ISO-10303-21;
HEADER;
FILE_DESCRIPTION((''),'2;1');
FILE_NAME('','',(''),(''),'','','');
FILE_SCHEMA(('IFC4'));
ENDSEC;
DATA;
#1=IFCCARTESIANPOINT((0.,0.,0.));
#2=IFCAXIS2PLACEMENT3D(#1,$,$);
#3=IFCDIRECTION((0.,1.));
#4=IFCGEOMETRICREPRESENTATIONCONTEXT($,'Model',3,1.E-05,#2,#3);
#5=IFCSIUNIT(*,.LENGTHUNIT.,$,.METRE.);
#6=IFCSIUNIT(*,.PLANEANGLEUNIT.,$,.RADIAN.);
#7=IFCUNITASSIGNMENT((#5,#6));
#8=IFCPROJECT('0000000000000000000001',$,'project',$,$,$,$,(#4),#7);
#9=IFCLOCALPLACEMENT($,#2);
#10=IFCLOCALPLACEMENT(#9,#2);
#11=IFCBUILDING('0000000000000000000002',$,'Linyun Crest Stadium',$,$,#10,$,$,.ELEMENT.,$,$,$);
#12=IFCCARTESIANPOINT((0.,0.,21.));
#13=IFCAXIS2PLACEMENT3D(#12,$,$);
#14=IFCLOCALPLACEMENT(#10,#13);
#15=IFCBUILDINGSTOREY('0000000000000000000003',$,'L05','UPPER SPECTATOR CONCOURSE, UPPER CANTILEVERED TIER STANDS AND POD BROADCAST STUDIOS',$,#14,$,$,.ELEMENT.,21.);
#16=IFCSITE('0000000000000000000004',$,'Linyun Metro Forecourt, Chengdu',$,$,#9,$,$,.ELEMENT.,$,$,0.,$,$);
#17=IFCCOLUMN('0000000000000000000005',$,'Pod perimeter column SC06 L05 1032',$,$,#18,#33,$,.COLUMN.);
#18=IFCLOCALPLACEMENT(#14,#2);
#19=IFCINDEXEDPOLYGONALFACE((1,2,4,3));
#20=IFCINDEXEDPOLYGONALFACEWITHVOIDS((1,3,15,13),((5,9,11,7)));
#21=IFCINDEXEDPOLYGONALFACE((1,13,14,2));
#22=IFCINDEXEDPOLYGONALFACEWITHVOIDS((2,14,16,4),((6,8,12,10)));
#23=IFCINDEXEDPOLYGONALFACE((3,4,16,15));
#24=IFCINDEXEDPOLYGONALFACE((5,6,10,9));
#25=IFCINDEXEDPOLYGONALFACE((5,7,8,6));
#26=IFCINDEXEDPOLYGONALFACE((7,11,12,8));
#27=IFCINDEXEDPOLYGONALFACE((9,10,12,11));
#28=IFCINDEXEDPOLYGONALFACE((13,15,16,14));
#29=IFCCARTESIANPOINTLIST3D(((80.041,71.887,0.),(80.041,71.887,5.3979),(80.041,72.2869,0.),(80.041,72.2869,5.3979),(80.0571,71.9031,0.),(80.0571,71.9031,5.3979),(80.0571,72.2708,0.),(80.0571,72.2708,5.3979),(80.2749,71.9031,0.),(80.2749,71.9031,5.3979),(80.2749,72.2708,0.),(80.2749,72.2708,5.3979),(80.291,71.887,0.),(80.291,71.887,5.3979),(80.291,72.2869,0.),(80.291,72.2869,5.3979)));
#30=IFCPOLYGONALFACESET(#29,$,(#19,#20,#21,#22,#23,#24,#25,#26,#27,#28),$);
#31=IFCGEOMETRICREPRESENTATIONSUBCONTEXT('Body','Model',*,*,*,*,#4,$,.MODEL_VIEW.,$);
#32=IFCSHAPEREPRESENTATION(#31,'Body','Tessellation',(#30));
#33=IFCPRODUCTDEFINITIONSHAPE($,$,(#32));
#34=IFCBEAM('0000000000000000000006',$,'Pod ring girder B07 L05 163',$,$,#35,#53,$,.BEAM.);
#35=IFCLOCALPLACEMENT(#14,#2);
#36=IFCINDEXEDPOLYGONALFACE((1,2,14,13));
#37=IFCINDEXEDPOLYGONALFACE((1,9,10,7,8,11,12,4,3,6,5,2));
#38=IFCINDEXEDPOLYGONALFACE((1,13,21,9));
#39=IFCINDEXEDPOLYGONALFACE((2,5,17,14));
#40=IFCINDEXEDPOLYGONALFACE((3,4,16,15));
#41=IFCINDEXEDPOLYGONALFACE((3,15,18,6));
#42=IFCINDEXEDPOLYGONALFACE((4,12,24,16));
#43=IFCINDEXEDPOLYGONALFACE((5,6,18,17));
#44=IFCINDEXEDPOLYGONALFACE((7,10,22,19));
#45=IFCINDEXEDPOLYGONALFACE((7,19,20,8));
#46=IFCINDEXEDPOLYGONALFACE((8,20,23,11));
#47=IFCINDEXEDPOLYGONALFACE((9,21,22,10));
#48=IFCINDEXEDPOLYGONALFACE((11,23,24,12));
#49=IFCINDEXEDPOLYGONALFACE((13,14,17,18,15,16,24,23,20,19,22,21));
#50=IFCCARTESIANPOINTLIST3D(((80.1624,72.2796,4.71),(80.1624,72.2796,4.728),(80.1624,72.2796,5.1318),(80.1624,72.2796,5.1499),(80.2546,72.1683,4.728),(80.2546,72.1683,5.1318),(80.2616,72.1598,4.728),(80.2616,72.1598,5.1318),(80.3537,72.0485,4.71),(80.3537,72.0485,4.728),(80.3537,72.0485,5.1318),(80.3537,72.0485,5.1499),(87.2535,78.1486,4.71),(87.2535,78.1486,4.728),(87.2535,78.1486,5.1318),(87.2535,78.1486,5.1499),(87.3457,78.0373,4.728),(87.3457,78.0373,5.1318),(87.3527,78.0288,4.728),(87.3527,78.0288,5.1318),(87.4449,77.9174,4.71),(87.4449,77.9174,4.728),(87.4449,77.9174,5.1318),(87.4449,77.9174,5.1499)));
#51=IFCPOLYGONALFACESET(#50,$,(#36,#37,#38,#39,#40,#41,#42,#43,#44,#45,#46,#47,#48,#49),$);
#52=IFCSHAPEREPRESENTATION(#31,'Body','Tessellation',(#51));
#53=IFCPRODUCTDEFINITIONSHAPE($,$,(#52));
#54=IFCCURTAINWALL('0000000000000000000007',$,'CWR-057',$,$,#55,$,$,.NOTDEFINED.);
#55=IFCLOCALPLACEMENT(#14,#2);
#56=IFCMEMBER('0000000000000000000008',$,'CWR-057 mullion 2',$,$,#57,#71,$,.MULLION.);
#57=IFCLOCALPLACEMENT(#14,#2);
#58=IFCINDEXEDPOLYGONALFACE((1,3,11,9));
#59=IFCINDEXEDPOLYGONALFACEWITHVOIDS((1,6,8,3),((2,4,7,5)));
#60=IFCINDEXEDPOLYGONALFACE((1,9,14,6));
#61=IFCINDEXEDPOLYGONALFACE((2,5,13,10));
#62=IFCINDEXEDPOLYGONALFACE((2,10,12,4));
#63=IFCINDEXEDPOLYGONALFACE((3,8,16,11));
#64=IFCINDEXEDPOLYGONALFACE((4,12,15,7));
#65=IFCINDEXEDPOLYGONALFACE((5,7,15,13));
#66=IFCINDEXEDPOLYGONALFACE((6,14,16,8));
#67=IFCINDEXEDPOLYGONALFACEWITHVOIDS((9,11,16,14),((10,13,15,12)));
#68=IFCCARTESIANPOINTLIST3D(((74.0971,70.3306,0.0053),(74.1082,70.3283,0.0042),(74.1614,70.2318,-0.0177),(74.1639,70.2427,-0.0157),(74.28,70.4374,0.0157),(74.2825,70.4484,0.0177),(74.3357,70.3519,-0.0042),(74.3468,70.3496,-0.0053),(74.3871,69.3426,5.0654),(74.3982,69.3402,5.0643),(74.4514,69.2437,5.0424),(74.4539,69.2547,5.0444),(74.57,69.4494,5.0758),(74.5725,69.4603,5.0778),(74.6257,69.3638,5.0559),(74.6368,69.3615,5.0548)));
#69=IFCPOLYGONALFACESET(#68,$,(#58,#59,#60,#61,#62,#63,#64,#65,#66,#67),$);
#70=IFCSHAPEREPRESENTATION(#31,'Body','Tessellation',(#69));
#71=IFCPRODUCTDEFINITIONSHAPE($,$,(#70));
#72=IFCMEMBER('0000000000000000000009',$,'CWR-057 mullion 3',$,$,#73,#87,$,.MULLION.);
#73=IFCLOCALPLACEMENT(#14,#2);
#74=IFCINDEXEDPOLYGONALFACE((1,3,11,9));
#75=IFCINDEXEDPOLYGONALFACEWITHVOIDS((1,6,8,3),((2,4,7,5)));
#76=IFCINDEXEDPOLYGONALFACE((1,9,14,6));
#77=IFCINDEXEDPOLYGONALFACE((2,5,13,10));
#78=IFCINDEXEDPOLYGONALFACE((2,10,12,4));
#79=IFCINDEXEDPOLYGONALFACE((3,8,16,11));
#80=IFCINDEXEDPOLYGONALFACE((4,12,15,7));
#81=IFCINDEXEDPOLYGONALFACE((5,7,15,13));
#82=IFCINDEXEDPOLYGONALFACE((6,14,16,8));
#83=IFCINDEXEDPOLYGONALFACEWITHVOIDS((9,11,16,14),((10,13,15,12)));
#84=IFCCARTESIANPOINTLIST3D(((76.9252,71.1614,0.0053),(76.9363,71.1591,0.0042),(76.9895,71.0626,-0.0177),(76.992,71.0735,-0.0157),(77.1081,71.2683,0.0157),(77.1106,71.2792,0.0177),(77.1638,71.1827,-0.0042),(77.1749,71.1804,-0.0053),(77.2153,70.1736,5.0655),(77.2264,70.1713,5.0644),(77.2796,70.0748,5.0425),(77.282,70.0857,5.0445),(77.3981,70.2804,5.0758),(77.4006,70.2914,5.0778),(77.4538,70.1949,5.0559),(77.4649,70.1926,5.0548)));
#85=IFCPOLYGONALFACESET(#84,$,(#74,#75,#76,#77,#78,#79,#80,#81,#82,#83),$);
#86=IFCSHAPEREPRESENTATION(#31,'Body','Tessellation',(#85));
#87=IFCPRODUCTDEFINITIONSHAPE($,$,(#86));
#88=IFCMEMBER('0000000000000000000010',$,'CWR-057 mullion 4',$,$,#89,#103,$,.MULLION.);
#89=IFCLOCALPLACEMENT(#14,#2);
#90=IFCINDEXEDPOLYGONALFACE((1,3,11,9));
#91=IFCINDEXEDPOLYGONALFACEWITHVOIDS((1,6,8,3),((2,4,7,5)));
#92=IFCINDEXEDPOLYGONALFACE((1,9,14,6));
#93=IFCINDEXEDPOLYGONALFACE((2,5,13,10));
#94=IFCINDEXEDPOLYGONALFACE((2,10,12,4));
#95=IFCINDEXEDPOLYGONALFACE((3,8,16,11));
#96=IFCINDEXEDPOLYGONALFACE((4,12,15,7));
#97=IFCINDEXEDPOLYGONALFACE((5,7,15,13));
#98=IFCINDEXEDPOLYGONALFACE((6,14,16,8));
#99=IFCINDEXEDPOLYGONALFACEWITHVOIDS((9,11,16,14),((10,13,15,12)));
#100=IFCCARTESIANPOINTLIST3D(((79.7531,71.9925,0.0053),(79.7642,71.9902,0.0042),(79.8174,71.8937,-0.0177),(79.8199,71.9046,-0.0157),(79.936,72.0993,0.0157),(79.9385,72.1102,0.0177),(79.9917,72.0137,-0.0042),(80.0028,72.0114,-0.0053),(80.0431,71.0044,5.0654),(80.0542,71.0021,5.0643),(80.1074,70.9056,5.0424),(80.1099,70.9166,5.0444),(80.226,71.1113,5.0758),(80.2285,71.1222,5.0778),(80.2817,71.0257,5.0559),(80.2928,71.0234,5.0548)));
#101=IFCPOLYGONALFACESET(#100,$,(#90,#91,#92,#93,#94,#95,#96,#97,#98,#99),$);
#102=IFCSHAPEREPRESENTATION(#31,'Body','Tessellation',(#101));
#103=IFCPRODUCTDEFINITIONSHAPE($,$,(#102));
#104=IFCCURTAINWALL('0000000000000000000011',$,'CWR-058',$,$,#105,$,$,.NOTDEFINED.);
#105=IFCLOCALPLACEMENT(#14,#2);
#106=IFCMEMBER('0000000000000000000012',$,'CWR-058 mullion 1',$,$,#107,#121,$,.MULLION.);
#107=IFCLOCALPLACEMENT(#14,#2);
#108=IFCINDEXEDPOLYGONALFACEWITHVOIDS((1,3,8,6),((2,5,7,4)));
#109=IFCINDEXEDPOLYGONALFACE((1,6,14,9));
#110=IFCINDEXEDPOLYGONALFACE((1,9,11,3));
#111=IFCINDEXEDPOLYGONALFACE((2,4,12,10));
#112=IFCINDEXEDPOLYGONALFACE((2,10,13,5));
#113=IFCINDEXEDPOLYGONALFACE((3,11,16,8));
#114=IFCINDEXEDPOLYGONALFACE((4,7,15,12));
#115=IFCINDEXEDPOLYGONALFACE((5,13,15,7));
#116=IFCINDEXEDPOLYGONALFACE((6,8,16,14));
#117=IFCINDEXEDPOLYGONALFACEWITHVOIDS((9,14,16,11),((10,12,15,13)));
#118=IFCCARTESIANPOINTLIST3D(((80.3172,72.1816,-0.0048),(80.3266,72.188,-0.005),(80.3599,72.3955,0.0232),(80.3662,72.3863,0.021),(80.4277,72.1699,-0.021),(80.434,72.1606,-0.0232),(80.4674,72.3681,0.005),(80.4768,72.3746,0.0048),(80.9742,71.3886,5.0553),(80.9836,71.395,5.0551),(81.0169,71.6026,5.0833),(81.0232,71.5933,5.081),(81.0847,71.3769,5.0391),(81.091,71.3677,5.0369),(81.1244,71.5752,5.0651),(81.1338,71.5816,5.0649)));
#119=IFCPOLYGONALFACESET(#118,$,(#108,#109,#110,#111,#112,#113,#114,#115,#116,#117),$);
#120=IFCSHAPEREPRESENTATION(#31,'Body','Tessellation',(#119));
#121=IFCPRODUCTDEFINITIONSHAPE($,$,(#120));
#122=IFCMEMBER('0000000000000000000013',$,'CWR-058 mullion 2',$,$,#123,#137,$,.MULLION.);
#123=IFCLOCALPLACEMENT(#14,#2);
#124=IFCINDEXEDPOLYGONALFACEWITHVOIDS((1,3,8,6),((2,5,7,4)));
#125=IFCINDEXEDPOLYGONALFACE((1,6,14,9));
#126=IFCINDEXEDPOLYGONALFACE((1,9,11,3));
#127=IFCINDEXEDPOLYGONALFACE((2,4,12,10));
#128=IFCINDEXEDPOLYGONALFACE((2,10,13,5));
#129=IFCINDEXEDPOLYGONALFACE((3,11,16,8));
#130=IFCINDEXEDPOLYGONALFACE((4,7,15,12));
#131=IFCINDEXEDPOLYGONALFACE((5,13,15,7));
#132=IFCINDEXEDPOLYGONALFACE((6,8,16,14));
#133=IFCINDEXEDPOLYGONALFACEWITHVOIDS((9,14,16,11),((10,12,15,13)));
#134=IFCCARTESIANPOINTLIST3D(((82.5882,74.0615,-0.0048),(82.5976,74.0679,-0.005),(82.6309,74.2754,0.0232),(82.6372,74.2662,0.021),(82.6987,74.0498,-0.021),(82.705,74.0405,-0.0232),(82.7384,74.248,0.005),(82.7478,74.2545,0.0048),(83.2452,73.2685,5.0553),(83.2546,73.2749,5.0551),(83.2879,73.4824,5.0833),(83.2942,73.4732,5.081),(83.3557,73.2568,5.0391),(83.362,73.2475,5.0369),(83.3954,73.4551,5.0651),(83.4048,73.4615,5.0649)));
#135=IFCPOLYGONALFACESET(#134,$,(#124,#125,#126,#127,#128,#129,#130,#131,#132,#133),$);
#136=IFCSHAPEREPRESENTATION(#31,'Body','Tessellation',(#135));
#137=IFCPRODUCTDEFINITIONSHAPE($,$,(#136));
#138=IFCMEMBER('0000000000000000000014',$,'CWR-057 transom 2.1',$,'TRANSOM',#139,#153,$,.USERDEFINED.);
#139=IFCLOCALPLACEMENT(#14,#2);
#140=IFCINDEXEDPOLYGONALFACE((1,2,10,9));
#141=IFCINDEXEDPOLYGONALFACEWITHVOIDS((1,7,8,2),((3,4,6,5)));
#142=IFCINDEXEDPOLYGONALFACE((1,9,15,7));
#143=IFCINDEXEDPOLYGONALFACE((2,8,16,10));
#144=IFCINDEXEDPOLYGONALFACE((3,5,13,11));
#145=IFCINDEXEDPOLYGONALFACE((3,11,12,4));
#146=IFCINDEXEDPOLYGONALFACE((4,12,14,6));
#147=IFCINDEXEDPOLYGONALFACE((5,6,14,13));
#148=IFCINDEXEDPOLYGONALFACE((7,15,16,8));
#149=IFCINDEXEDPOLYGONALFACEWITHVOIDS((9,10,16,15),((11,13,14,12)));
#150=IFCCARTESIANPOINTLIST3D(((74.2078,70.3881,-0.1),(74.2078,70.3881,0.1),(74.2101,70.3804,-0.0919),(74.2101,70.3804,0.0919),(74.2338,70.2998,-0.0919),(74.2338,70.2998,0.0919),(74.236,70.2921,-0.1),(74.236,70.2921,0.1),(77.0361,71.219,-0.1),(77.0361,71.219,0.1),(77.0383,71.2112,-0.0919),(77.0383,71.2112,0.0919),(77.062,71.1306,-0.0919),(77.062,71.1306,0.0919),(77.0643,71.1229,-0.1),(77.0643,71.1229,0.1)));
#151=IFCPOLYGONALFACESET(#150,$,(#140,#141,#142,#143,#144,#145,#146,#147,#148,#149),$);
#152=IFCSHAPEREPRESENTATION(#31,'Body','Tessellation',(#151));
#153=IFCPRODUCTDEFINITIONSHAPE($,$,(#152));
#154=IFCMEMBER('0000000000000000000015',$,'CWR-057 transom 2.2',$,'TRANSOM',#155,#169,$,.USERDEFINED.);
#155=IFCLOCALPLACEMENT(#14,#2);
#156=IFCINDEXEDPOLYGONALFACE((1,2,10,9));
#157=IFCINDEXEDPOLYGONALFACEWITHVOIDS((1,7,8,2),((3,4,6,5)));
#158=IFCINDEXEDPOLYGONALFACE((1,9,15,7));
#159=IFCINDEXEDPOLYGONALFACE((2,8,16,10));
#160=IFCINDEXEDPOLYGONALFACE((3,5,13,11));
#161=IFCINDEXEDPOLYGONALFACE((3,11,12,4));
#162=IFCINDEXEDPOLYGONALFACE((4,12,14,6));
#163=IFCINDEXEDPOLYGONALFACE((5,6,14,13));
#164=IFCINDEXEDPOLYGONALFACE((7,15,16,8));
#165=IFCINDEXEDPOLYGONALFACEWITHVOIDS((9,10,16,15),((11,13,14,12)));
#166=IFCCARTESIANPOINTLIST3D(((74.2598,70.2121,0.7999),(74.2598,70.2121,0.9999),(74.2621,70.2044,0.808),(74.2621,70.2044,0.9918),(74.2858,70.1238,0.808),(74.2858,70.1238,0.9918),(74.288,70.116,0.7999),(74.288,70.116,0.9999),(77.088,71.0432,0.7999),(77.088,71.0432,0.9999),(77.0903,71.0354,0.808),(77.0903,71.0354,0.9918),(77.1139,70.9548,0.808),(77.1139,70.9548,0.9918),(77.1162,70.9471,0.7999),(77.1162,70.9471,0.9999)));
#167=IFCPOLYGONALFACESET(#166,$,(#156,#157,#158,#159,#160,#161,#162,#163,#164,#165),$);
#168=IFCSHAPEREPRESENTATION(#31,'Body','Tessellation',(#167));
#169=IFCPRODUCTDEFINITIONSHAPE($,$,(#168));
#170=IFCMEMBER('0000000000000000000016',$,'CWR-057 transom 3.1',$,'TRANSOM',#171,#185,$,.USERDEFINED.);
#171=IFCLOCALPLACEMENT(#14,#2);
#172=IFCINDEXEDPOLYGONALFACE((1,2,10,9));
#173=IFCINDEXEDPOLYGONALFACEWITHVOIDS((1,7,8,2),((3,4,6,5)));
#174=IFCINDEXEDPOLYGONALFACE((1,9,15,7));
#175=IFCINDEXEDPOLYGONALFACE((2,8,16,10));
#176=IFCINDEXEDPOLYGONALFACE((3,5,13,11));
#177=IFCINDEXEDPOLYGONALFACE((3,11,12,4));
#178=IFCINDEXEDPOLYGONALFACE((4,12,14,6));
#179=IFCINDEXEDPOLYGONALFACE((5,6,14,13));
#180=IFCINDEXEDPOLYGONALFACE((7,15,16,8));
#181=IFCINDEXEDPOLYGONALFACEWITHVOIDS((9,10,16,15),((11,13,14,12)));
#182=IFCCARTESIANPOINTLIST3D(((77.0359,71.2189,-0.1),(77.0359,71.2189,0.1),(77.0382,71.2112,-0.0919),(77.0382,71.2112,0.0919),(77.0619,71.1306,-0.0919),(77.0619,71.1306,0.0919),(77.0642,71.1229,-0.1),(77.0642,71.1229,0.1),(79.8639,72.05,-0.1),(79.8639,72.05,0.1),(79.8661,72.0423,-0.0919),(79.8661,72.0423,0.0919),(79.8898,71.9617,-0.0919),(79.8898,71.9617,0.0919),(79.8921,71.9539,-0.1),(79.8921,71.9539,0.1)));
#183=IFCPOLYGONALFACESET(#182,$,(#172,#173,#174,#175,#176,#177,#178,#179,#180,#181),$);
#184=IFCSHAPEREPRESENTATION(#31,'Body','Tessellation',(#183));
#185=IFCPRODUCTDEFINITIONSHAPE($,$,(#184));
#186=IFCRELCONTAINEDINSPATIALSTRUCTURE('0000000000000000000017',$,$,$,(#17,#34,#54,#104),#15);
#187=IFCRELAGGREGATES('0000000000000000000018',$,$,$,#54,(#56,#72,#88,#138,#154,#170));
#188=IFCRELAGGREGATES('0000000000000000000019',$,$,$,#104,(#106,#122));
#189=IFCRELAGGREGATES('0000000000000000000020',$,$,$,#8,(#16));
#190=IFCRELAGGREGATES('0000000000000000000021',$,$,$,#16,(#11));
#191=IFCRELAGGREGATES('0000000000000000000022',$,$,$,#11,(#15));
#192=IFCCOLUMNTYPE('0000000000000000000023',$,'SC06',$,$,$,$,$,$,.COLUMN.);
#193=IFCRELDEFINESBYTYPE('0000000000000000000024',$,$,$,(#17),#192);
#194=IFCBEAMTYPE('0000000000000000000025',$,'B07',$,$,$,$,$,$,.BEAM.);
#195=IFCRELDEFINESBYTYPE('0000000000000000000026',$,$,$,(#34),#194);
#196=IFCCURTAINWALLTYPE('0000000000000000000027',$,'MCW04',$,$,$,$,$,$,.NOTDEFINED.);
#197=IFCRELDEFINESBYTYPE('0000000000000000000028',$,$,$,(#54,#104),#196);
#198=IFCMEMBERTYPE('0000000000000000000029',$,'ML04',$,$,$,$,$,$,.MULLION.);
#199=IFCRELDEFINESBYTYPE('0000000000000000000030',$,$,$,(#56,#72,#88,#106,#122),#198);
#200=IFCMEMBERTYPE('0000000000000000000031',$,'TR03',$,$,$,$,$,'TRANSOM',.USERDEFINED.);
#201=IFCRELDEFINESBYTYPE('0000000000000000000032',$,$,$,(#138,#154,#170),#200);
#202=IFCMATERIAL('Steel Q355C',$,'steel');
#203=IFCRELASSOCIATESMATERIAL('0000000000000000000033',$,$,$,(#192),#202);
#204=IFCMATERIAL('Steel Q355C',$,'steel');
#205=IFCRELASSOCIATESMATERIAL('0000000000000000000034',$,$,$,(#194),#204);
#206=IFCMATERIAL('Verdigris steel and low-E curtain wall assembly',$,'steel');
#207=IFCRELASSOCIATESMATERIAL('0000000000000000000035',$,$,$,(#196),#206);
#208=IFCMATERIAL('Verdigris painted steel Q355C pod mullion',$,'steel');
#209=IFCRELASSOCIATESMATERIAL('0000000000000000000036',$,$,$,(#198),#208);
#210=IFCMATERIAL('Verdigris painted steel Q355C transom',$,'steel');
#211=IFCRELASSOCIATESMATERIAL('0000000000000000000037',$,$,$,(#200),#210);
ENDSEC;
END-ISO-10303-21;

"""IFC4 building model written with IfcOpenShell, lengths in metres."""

from ifc_helpers import new_model, si_unit, direction, frame, origin, origin_2d, place, context, subcontext, project, spatial, hollow_rectangle, i_section, extrude, material, material_profile, profile_set, type_object, element, aggregate, save


model = new_model("IFC4")

# Units and contexts
model_context = context("Model", 3, precision=1e-05, world=origin(), true_north=direction((0.0, 1.0)))
body_context = subcontext(model_context, "Body", "Model", "MODEL_VIEW")
ifc_project = project(units=[si_unit("LENGTHUNIT", "METRE"), si_unit("PLANEANGLEUNIT", "RADIAN")], contexts=[model_context])

# Site, building, storey
site_placement = place(None, origin())
site = spatial("IfcSite", under=ifc_project, at=site_placement, Name="Linyun Metro Forecourt, Chengdu", CompositionType="ELEMENT", RefElevation=0.0)
building_placement = place(site_placement, origin())
building = spatial("IfcBuilding", under=site, at=building_placement, Name="Linyun Crest Stadium", CompositionType="ELEMENT")
storey_placement = place(building_placement, frame((0.0, 0.0, 21.0)))
storey = spatial("IfcBuildingStorey", under=building, at=storey_placement, Name="L05", Description="UPPER SPECTATOR CONCOURSE, UPPER CANTILEVERED TIER STANDS AND POD BROADCAST STUDIOS", CompositionType="ELEMENT", Elevation=21.0)

# Column
ifc_material_1 = material(Name="Steel Q355C", Category="steel")
ifc_material_profile_1 = material_profile(ifc_material_1, hollow_rectangle(XDim=0.25, YDim=0.3999, WallThickness=0.0161, at=origin_2d()), Name="RHS 400x250x16")
ifc_profile_set_1 = profile_set([ifc_material_profile_1], Name="Steel Q355C")
column_type = type_object("IfcColumnType", Name="SC06", PredefinedType="COLUMN", material=ifc_profile_set_1)
column_placement = place(storey_placement, frame((80.166, 72.0869, 0.0), z_axis=(0.0, 0.0, 1.0), x_axis=(1.0, 0.0, 0.0)))
element("IfcColumn", 1, at=column_placement, inside=storey, type_object=column_type, Name="Pod perimeter column SC06 L05 1032", PredefinedType="COLUMN", context=body_context, shape_type="SweptSolid", body=[
    extrude(hollow_rectangle(XDim=0.25, YDim=0.3999, WallThickness=0.0161, at=origin_2d()), origin(), (0.0, 0.0, 1.0), 5.3979),
])

# Beam
ifc_material_2 = material(Name="Steel Q355C", Category="steel")
ifc_material_profile_2 = material_profile(ifc_material_2, i_section(OverallWidth=0.3, OverallDepth=0.4399, WebThickness=0.011, FlangeThickness=0.0181, at=origin_2d()), Name="HM 440x300")
ifc_profile_set_2 = profile_set([ifc_material_profile_2], Name="Steel Q355C")
beam_type = type_object("IfcBeamType", Name="B07", PredefinedType="BEAM", material=ifc_profile_set_2)
beam_placement = place(storey_placement, frame((80.2581, 72.1641, 4.9299), z_axis=(0.770371, 0.637595, 0.0), x_axis=(-0.637595, 0.770371, 0.0)))
element("IfcBeam", 2, at=beam_placement, inside=storey, type_object=beam_type, Name="Pod ring girder B07 L05 163", PredefinedType="BEAM", context=body_context, shape_type="SweptSolid", body=[
    extrude(i_section(OverallWidth=0.3, OverallDepth=0.4399, WebThickness=0.011, FlangeThickness=0.0181, at=origin_2d()), origin(), (0.0, 0.0, 1.0), 9.2048),
])

# Curtain walls, members
ifc_material_3 = material(Name="Verdigris steel and low-E curtain wall assembly", Category="steel")
curtain_wall_type = type_object("IfcCurtainWallType", Name="MCW04", PredefinedType="NOTDEFINED", material=ifc_material_3)
curtain_wall_1_placement = place(storey_placement, origin())
curtain_wall_1 = element("IfcCurtainWall", 3, at=curtain_wall_1_placement, inside=storey, type_object=curtain_wall_type, Name="CWR-057", PredefinedType="NOTDEFINED")
ifc_material_4 = material(Name="Verdigris painted steel Q355C pod mullion", Category="steel")
ifc_material_profile_3 = material_profile(ifc_material_4, hollow_rectangle(XDim=0.1201, YDim=0.22, WallThickness=0.0081, at=origin_2d()), Name="RHS 220x120x8")
ifc_profile_set_3 = profile_set([ifc_material_profile_3], Name="Verdigris painted steel Q355C pod mullion")
member_type_1 = type_object("IfcMemberType", Name="ML04", PredefinedType="MULLION", material=ifc_profile_set_3)
member_1_placement = place(storey_placement, frame((74.2219, 70.3401, 0.0), z_axis=(0.056168, -0.19134, 0.979915), x_axis=(-0.535395, 0.822647, 0.19132)))
member_1 = element("IfcMember", 4, at=member_1_placement, type_object=member_type_1, Name="CWR-057 mullion 2", PredefinedType="MULLION", context=body_context, shape_type="SweptSolid", body=[
    extrude(hollow_rectangle(XDim=0.1201, YDim=0.22, WallThickness=0.0081, at=origin_2d()), origin(), (0.0, 0.0, 1.0), 5.1638),
])
member_2_placement = place(storey_placement, frame((77.05, 71.1709, 0.0), z_axis=(0.056169, -0.191295, 0.979924), x_axis=(-0.535452, 0.82262, 0.191278)))
member_2 = element("IfcMember", 5, at=member_2_placement, type_object=member_type_1, Name="CWR-057 mullion 3", PredefinedType="MULLION", context=body_context, shape_type="SweptSolid", body=[
    extrude(hollow_rectangle(XDim=0.1201, YDim=0.22, WallThickness=0.0081, at=origin_2d()), origin(), (0.0, 0.0, 1.0), 5.1638),
])
member_3_placement = place(storey_placement, frame((79.8779, 72.002, 0.0), z_axis=(0.056168, -0.19134, 0.979915), x_axis=(-0.535395, 0.822647, 0.19132)))
member_3 = element("IfcMember", 6, at=member_3_placement, type_object=member_type_1, Name="CWR-057 mullion 4", PredefinedType="MULLION", context=body_context, shape_type="SweptSolid", body=[
    extrude(hollow_rectangle(XDim=0.1201, YDim=0.22, WallThickness=0.0081, at=origin_2d()), origin(), (0.0, 0.0, 1.0), 5.1638),
])
curtain_wall_2_placement = place(storey_placement, origin())
curtain_wall_2 = element("IfcCurtainWall", 7, at=curtain_wall_2_placement, inside=storey, type_object=curtain_wall_type, Name="CWR-058", PredefinedType="NOTDEFINED")
member_4_placement = place(storey_placement, frame((80.397, 72.2781, 0.0), z_axis=(0.127229, -0.153564, 0.979914), x_axis=(-0.972619, 0.174403, 0.153613)))
member_4 = element("IfcMember", 8, at=member_4_placement, type_object=member_type_1, Name="CWR-058 mullion 1", PredefinedType="MULLION", context=body_context, shape_type="SweptSolid", body=[
    extrude(hollow_rectangle(XDim=0.1201, YDim=0.22, WallThickness=0.0081, at=origin_2d()), origin(), (0.0, 0.0, 1.0), 5.1638),
])
member_5_placement = place(storey_placement, frame((82.668, 74.158, 0.0), z_axis=(0.127229, -0.153564, 0.979914), x_axis=(-0.972619, 0.174403, 0.153613)))
member_5 = element("IfcMember", 9, at=member_5_placement, type_object=member_type_1, Name="CWR-058 mullion 2", PredefinedType="MULLION", context=body_context, shape_type="SweptSolid", body=[
    extrude(hollow_rectangle(XDim=0.1201, YDim=0.22, WallThickness=0.0081, at=origin_2d()), origin(), (0.0, 0.0, 1.0), 5.1638),
])

# Members
ifc_material_5 = material(Name="Verdigris painted steel Q355C transom", Category="steel")
ifc_material_profile_4 = material_profile(ifc_material_5, hollow_rectangle(XDim=0.1001, YDim=0.2, WallThickness=0.0081, at=origin_2d()), Name="RHS 200x100x8")
ifc_profile_set_4 = profile_set([ifc_material_profile_4], Name="Verdigris painted steel Q355C transom")
member_type_2 = type_object("IfcMemberType", Name="TR03", ElementType="TRANSOM", PredefinedType="USERDEFINED", material=ifc_profile_set_4)
member_6_placement = place(storey_placement, frame((74.2219, 70.3401, 0.0), z_axis=(0.959456, 0.281857, 0.0), x_axis=(-0.281857, 0.959456, 0.0)))
member_6 = element("IfcMember", 10, at=member_6_placement, type_object=member_type_2, Name="CWR-057 transom 2.1", ObjectType="TRANSOM", PredefinedType="USERDEFINED", context=body_context, shape_type="SweptSolid", body=[
    extrude(hollow_rectangle(XDim=0.1001, YDim=0.2, WallThickness=0.0081, at=origin_2d()), origin(), (0.0, 0.0, 1.0), 2.9478),
])
member_7_placement = place(storey_placement, frame((74.2739, 70.1641, 0.8999), z_axis=(0.959434, 0.281933, 0.0), x_axis=(-0.281933, 0.959434, 0.0)))
member_7 = element("IfcMember", 11, at=member_7_placement, type_object=member_type_2, Name="CWR-057 transom 2.2", ObjectType="TRANSOM", PredefinedType="USERDEFINED", context=body_context, shape_type="SweptSolid", body=[
    extrude(hollow_rectangle(XDim=0.1001, YDim=0.2, WallThickness=0.0081, at=origin_2d()), origin(), (0.0, 0.0, 1.0), 2.9478),
])
member_8_placement = place(storey_placement, frame((77.05, 71.1709, 0.0), z_axis=(0.959427, 0.281956, 0.0), x_axis=(-0.281956, 0.959427, 0.0)))
member_8 = element("IfcMember", 12, at=member_8_placement, type_object=member_type_2, Name="CWR-057 transom 3.1", ObjectType="TRANSOM", PredefinedType="USERDEFINED", context=body_context, shape_type="SweptSolid", body=[
    extrude(hollow_rectangle(XDim=0.1001, YDim=0.2, WallThickness=0.0081, at=origin_2d()), origin(), (0.0, 0.0, 1.0), 2.9475),
])

aggregate(curtain_wall_1, [member_1, member_2, member_3, member_6, member_7, member_8])
aggregate(curtain_wall_2, [member_4, member_5])

save(model, "model.ifc")
